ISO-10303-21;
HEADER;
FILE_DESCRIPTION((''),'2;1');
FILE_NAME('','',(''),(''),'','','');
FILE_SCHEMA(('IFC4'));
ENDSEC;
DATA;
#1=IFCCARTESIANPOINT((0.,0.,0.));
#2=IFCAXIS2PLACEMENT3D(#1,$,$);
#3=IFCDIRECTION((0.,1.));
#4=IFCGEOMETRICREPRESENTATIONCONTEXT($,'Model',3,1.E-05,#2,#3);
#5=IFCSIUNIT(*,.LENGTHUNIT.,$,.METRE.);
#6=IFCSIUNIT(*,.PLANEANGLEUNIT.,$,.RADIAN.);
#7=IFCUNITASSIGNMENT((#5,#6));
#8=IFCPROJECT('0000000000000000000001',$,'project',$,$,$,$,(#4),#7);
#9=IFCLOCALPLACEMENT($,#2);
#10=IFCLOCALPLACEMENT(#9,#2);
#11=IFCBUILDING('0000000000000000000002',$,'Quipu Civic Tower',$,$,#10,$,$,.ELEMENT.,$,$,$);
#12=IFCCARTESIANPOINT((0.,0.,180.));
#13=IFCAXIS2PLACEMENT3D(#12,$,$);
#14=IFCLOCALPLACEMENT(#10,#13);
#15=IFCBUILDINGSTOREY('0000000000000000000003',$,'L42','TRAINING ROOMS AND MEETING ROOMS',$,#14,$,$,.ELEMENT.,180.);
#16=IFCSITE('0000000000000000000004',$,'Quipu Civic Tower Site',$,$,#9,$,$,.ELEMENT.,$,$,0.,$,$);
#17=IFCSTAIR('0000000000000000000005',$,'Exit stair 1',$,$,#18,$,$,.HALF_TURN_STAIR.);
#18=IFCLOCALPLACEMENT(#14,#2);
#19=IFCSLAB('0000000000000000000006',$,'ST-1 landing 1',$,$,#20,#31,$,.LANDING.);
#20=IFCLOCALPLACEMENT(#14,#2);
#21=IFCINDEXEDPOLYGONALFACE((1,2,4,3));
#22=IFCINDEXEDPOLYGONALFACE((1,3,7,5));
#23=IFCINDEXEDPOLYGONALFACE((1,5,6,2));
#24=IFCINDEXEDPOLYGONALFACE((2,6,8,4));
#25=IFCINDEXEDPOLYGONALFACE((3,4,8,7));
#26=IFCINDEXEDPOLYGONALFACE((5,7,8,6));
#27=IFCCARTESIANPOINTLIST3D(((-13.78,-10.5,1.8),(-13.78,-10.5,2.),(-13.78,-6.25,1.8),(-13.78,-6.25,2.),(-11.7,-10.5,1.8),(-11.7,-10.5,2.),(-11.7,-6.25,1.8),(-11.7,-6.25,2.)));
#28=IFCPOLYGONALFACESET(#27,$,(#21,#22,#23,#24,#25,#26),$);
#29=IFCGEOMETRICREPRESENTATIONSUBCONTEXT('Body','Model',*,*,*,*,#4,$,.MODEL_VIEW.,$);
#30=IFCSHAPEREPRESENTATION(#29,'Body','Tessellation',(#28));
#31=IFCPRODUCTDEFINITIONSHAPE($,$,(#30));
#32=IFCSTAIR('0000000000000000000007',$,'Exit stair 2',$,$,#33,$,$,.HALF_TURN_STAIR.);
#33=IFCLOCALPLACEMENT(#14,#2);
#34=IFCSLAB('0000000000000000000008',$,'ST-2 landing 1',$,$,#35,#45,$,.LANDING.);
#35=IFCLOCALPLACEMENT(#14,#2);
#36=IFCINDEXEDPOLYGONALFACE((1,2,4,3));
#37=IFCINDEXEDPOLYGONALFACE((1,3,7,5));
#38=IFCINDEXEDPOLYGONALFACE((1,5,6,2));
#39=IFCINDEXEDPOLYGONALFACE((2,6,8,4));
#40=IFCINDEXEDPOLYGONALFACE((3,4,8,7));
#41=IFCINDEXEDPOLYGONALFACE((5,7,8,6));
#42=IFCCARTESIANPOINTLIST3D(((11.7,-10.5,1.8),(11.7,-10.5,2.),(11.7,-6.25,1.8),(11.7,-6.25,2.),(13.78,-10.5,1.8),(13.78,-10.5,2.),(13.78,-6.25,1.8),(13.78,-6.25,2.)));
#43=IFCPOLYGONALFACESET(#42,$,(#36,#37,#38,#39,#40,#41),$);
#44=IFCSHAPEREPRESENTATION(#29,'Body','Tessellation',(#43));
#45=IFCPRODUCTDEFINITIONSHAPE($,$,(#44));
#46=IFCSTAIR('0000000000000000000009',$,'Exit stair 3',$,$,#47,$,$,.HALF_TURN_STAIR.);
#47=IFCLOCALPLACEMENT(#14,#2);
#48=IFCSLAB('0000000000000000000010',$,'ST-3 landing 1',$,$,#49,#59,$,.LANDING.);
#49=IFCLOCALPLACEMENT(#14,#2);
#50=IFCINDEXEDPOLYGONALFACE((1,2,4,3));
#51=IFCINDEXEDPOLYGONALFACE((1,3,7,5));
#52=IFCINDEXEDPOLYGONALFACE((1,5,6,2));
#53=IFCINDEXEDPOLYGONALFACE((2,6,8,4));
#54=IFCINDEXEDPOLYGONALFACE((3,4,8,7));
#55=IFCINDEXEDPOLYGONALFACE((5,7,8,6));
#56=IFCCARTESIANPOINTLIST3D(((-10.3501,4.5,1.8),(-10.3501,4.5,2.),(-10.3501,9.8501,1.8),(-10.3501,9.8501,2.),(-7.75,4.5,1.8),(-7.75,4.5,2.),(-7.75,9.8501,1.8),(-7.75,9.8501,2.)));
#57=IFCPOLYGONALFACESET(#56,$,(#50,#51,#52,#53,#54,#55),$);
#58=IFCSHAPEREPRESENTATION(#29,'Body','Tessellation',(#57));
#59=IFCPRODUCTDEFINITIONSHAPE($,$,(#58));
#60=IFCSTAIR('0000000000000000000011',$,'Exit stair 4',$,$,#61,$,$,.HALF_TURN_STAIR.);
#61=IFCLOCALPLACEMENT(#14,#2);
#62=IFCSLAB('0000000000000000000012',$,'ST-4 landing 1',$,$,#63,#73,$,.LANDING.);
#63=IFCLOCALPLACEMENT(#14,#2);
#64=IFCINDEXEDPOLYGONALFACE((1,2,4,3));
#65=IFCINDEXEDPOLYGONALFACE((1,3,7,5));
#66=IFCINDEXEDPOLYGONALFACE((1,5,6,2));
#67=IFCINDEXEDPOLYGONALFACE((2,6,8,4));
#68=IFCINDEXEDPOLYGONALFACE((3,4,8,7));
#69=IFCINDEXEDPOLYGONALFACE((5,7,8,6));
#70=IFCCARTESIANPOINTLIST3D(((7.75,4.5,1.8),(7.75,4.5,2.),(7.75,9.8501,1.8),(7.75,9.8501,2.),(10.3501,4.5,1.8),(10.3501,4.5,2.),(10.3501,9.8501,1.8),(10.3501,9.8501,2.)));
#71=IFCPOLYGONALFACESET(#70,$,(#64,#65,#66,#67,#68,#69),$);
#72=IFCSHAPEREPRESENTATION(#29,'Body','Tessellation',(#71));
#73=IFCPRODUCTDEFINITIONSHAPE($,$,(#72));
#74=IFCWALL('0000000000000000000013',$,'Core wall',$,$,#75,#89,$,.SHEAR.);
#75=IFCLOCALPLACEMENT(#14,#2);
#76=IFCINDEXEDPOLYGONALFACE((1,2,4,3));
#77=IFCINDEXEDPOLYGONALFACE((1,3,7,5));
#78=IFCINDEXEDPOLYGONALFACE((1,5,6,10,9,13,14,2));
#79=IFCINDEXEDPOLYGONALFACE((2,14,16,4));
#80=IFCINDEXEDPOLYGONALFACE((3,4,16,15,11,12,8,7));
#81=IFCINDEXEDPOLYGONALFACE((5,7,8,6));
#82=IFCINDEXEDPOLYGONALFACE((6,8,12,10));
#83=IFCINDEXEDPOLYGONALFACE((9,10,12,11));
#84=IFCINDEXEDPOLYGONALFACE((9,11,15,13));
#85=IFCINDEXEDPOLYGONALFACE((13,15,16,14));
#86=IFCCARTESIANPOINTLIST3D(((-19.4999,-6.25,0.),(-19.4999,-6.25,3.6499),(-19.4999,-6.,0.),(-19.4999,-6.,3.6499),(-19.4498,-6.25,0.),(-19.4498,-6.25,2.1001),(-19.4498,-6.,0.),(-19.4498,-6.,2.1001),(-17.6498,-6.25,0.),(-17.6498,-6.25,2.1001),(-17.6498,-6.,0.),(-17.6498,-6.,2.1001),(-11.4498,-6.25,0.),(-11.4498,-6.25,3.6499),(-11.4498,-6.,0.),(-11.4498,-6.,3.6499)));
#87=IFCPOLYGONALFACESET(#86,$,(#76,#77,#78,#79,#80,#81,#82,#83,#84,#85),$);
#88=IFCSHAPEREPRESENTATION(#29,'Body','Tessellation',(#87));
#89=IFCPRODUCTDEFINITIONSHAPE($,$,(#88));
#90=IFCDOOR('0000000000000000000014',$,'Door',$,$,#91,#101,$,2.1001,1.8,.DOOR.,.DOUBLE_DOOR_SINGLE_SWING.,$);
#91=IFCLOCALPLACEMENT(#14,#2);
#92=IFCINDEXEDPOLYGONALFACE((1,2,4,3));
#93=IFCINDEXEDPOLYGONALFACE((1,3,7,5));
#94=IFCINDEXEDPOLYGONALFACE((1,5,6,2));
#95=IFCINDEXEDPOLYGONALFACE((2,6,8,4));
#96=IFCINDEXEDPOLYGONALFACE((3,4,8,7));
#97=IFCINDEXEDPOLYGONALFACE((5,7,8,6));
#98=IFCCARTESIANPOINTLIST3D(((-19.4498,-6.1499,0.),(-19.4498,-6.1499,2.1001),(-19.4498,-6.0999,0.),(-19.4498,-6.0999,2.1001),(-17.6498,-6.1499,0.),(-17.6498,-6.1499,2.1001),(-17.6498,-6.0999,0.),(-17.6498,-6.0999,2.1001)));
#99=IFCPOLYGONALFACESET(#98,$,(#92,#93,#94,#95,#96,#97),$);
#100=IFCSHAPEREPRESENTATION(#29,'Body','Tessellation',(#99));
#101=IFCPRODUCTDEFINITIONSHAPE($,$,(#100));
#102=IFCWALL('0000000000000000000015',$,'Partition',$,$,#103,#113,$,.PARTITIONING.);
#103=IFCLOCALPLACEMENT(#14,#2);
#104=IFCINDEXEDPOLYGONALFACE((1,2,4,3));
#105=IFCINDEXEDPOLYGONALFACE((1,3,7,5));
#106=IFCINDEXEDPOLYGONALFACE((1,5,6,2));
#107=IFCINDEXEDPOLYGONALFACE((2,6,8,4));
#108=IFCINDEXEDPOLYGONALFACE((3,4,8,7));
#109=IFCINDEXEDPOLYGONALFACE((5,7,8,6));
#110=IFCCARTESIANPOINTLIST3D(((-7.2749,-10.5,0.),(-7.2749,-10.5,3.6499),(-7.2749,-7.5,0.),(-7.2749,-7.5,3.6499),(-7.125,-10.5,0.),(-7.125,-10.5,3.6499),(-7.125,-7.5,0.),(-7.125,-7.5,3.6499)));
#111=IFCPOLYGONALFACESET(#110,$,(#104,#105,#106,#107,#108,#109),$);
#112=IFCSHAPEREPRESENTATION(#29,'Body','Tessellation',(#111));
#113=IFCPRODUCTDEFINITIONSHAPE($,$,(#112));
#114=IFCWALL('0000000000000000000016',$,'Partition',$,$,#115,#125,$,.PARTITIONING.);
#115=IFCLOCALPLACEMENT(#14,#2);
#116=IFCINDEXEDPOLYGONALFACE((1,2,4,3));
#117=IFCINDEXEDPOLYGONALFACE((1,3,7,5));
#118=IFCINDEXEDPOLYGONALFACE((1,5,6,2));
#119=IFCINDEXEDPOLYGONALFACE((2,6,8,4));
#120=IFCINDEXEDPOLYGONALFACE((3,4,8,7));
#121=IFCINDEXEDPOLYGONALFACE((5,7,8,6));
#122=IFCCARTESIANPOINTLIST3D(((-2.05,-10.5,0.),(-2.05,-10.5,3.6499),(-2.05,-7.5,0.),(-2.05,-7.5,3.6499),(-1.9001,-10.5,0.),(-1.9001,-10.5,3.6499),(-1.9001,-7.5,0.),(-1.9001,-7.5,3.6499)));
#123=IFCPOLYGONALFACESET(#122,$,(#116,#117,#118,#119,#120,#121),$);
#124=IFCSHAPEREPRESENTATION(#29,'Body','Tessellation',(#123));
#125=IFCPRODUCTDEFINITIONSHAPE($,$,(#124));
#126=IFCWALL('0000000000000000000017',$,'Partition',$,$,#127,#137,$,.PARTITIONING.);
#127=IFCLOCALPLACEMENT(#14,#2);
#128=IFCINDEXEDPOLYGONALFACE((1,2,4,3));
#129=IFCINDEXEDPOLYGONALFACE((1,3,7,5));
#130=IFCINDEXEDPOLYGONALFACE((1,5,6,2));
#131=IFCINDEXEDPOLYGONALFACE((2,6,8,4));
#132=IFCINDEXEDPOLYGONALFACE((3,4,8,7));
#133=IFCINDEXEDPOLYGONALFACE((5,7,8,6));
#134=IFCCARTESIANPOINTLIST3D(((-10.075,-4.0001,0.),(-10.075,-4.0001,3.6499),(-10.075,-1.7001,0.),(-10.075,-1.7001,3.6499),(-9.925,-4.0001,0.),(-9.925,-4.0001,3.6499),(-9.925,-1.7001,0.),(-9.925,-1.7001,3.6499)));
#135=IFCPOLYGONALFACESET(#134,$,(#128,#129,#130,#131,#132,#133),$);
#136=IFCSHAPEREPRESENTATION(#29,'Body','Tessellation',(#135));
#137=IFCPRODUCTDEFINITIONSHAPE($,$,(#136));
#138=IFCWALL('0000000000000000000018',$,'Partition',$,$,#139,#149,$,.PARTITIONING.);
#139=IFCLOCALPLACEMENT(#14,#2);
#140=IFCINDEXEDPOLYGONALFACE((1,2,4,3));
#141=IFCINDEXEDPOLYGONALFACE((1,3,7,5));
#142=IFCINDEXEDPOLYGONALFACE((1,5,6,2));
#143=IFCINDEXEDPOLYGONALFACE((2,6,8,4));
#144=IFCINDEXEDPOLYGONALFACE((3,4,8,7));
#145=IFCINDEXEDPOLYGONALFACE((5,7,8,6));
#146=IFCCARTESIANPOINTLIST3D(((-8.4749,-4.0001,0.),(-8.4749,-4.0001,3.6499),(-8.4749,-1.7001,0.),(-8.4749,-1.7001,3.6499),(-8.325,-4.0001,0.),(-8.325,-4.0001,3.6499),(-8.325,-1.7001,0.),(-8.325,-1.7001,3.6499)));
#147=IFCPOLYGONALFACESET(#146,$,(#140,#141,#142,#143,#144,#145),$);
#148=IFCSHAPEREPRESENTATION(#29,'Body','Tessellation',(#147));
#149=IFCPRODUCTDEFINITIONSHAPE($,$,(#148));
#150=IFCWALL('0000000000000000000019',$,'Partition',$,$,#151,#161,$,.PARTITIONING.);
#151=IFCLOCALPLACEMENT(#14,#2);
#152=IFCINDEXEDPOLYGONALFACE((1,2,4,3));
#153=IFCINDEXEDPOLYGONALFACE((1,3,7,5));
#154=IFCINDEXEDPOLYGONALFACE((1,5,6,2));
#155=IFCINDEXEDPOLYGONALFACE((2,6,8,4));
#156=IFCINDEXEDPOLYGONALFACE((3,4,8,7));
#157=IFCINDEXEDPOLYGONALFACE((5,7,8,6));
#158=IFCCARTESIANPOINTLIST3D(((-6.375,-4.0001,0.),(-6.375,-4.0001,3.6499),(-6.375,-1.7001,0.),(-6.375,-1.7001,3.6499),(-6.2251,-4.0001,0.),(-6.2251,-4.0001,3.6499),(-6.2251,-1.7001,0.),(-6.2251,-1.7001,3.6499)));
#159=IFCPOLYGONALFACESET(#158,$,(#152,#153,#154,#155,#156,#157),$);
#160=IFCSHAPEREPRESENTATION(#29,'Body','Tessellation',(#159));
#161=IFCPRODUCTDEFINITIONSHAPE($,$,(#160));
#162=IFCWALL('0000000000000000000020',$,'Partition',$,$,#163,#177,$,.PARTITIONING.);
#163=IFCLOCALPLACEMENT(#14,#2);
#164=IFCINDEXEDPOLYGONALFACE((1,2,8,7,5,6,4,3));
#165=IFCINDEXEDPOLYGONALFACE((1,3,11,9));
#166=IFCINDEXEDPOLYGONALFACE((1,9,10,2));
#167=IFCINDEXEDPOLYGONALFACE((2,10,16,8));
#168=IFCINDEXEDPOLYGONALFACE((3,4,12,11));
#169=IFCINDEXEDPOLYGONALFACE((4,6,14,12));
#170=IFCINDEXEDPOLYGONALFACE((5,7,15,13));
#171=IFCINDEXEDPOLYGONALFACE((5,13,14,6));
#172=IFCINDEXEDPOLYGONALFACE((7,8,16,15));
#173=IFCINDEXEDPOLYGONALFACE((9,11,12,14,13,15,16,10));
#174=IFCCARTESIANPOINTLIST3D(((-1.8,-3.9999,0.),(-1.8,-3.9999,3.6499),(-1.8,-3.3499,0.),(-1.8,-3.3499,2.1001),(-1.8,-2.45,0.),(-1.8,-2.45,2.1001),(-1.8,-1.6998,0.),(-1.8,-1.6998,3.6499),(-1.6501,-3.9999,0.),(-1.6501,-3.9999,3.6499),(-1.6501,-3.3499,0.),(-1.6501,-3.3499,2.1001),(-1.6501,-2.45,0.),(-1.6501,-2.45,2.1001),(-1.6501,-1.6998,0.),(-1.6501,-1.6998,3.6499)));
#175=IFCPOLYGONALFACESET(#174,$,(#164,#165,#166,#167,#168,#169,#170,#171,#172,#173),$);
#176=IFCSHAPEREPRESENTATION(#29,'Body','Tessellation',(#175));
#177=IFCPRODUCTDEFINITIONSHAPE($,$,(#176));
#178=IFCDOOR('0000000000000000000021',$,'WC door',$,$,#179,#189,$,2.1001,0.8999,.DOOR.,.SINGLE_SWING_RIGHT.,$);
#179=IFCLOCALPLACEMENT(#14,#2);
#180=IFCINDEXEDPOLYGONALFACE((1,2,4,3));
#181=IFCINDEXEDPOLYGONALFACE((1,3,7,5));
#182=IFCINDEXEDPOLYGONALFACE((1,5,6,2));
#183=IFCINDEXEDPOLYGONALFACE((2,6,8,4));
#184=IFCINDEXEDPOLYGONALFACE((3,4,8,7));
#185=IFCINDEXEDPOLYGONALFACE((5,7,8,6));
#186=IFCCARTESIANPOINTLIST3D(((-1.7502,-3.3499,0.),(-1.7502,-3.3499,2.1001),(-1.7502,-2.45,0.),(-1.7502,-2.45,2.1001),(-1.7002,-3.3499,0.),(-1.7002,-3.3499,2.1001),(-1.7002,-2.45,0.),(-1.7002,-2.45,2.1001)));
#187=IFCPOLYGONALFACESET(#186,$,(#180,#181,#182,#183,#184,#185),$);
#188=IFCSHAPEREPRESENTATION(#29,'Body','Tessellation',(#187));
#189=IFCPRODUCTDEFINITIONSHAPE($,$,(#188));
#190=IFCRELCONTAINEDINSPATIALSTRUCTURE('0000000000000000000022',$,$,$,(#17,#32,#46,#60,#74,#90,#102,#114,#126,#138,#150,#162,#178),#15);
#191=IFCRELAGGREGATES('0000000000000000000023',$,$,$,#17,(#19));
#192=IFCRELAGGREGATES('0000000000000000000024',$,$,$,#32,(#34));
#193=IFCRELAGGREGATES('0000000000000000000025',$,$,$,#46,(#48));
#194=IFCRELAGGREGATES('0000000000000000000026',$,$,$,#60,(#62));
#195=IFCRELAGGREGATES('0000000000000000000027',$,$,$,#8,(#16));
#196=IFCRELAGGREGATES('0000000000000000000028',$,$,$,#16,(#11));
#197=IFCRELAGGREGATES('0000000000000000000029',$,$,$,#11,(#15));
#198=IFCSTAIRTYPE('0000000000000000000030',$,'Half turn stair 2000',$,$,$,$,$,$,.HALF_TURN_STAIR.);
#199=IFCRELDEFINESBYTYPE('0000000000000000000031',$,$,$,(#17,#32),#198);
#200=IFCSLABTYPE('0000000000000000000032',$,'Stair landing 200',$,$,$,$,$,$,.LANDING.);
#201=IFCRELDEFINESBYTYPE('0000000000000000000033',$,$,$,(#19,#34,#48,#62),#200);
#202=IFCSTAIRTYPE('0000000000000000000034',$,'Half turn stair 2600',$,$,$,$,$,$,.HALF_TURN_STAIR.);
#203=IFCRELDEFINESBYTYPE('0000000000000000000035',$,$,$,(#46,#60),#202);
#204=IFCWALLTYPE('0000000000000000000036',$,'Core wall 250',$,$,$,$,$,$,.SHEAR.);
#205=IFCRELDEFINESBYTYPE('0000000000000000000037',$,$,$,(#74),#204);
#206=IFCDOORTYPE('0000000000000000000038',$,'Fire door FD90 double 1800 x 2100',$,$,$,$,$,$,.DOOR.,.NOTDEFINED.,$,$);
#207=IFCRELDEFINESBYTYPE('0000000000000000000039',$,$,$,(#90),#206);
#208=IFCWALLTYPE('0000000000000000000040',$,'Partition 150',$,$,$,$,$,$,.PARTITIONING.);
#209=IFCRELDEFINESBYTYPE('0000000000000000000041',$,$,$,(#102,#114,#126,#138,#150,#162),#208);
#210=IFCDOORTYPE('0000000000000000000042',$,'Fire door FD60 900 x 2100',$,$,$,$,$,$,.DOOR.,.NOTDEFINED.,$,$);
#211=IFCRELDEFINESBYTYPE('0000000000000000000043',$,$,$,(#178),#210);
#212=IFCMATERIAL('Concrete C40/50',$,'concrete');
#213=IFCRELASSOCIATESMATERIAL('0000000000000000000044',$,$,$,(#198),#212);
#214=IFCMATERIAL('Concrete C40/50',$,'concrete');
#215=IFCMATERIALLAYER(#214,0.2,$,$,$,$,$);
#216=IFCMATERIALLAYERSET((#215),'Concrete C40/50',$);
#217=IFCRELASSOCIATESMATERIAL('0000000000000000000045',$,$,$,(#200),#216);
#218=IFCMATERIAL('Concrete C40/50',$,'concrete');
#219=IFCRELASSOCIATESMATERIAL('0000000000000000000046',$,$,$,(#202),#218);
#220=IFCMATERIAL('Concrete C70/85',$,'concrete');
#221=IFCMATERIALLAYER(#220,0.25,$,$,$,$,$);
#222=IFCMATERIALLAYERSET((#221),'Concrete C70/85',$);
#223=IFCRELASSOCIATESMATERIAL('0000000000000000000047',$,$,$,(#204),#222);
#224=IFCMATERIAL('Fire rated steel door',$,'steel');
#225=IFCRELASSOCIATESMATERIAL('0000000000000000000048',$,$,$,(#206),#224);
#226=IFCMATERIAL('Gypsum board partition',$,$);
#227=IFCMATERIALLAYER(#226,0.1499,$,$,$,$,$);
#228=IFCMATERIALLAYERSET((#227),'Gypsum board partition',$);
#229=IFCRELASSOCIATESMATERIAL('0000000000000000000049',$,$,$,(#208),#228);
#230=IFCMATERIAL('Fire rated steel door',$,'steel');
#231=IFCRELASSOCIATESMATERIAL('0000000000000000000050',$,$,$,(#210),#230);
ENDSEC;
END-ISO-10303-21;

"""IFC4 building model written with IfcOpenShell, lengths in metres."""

from ifc_helpers import new_model, si_unit, direction, frame, frame_2d, origin, place, context, subcontext, project, spatial, polyline, rectangle, outline, extrude, material, layer, layer_set, type_object, element, fill, aggregate, save


model = new_model("IFC4")

# Units and contexts
model_context = context("Model", 3, precision=1e-05, world=origin(), true_north=direction((0.0, 1.0)))
body_context = subcontext(model_context, "Body", "Model", "MODEL_VIEW")
ifc_project = project(units=[si_unit("LENGTHUNIT", "METRE"), si_unit("PLANEANGLEUNIT", "RADIAN")], contexts=[model_context])

# Site, building, storey
site_placement = place(None, origin())
site = spatial("IfcSite", under=ifc_project, at=site_placement, Name="Quipu Civic Tower Site", CompositionType="ELEMENT", RefElevation=0.0)
building_placement = place(site_placement, origin())
building = spatial("IfcBuilding", under=site, at=building_placement, Name="Quipu Civic Tower", CompositionType="ELEMENT")
storey_placement = place(building_placement, frame((0.0, 0.0, 180.0)))
storey = spatial("IfcBuildingStorey", under=building, at=storey_placement, Name="L42", Description="TRAINING ROOMS AND MEETING ROOMS", CompositionType="ELEMENT", Elevation=180.0)

# Stairs, slabs
ifc_material_1 = material(Name="Concrete C40/50", Category="concrete")
stair_type_1 = type_object("IfcStairType", Name="Half turn stair 2000", PredefinedType="HALF_TURN_STAIR", material=ifc_material_1)
stair_1_placement = place(storey_placement, origin())
stair_1 = element("IfcStair", 1, at=stair_1_placement, inside=storey, type_object=stair_type_1, Name="Exit stair 1", PredefinedType="HALF_TURN_STAIR")
ifc_material_2 = material(Name="Concrete C40/50", Category="concrete")
ifc_layer_1 = layer(ifc_material_2, 0.2)
ifc_layer_set_1 = layer_set([ifc_layer_1], Name="Concrete C40/50")
slab_type_1 = type_object("IfcSlabType", Name="Stair landing 200", PredefinedType="LANDING", material=ifc_layer_set_1)
slab_1_placement = place(storey_placement, frame((0.0, 0.0, 1.8)))
slab_1 = element("IfcSlab", 2, at=slab_1_placement, type_object=slab_type_1, Name="ST-1 landing 1", PredefinedType="LANDING", context=body_context, shape_type="SweptSolid", body=[
    extrude(outline(polyline([(-13.78, -10.5), (-11.7, -10.5), (-11.7, -6.25), (-13.78, -6.25), (-13.78, -10.5)])), origin(), (0.0, 0.0, 1.0), 0.2),
])
aggregate(stair_1, [slab_1])
stair_2_placement = place(storey_placement, origin())
stair_2 = element("IfcStair", 3, at=stair_2_placement, inside=storey, type_object=stair_type_1, Name="Exit stair 2", PredefinedType="HALF_TURN_STAIR")
slab_2_placement = place(storey_placement, frame((0.0, 0.0, 1.8)))
slab_2 = element("IfcSlab", 4, at=slab_2_placement, type_object=slab_type_1, Name="ST-2 landing 1", PredefinedType="LANDING", context=body_context, shape_type="SweptSolid", body=[
    extrude(outline(polyline([(13.78, -6.25), (11.7, -6.25), (11.7, -10.5), (13.78, -10.5), (13.78, -6.25)])), origin(), (0.0, 0.0, 1.0), 0.2),
])
aggregate(stair_2, [slab_2])
ifc_material_3 = material(Name="Concrete C40/50", Category="concrete")
stair_type_2 = type_object("IfcStairType", Name="Half turn stair 2600", PredefinedType="HALF_TURN_STAIR", material=ifc_material_3)
stair_3_placement = place(storey_placement, origin())
stair_3 = element("IfcStair", 5, at=stair_3_placement, inside=storey, type_object=stair_type_2, Name="Exit stair 3", PredefinedType="HALF_TURN_STAIR")
slab_3_placement = place(storey_placement, frame((0.0, 0.0, 1.8)))
slab_3 = element("IfcSlab", 6, at=slab_3_placement, type_object=slab_type_1, Name="ST-3 landing 1", PredefinedType="LANDING", context=body_context, shape_type="SweptSolid", body=[
    extrude(outline(polyline([(-10.3501, 4.5), (-7.75, 4.5), (-7.75, 9.8501), (-10.3501, 9.8501), (-10.3501, 4.5)])), origin(), (0.0, 0.0, 1.0), 0.2),
])
aggregate(stair_3, [slab_3])
stair_4_placement = place(storey_placement, origin())
stair_4 = element("IfcStair", 7, at=stair_4_placement, inside=storey, type_object=stair_type_2, Name="Exit stair 4", PredefinedType="HALF_TURN_STAIR")
slab_4_placement = place(storey_placement, frame((0.0, 0.0, 1.8)))
slab_4 = element("IfcSlab", 8, at=slab_4_placement, type_object=slab_type_1, Name="ST-4 landing 1", PredefinedType="LANDING", context=body_context, shape_type="SweptSolid", body=[
    extrude(outline(polyline([(10.3501, 9.8501), (7.75, 9.8501), (7.75, 4.5), (10.3501, 4.5), (10.3501, 9.8501)])), origin(), (0.0, 0.0, 1.0), 0.2),
])
aggregate(stair_4, [slab_4])

# Wall, opening, door
ifc_material_4 = material(Name="Concrete C70/85", Category="concrete")
ifc_layer_2 = layer(ifc_material_4, 0.25)
ifc_layer_set_2 = layer_set([ifc_layer_2], Name="Concrete C70/85")
wall_type_1 = type_object("IfcWallType", Name="Core wall 250", PredefinedType="SHEAR", material=ifc_layer_set_2)
wall_1_placement = place(storey_placement, frame((-11.45, -6.125, 0.0), z_axis=(0.0, 0.0, 1.0), x_axis=(-1.0, 0.0, 0.0)))
wall_1 = element("IfcWall", 9, at=wall_1_placement, inside=storey, type_object=wall_type_1, Name="Core wall", PredefinedType="SHEAR", context=body_context, shape_type="SweptSolid", body=[
    extrude(rectangle(XDim=8.05, YDim=0.25, at=frame_2d((4.0249, 0.0))), origin(), (0.0, 0.0, 1.0), 3.6499),
])
opening_1_placement = place(wall_1_placement, frame((6.2, 0.0, 0.0)))
opening_1 = element("IfcOpeningElement", 10, at=opening_1_placement, cuts=wall_1, PredefinedType="OPENING", context=body_context, shape_type="SweptSolid", body=[
    extrude(rectangle(XDim=1.8, YDim=2.1001, at=frame_2d((0.8999, 1.05))), frame((0.0, 0.135, 0.0), z_axis=(0.0, -1.0, 0.0), x_axis=(1.0, 0.0, 0.0)), (0.0, 0.0, 1.0), 0.27),
])
ifc_material_5 = material(Name="Fire rated steel door", Category="steel")
door_type_1 = type_object("IfcDoorType", Name="Fire door FD90 double 1800 x 2100", OperationType="NOTDEFINED", PredefinedType="DOOR", material=ifc_material_5)
door_1_placement = place(opening_1_placement, origin())
door_1 = element("IfcDoor", 11, at=door_1_placement, inside=storey, type_object=door_type_1, Name="Door", OperationType="DOUBLE_DOOR_SINGLE_SWING", OverallHeight=2.1001, OverallWidth=1.8, PredefinedType="DOOR", context=body_context, shape_type="SweptSolid", body=[
    extrude(rectangle(XDim=1.8, YDim=2.1001, at=frame_2d((0.8999, 1.05))), frame((0.0, 0.0249, 0.0), z_axis=(0.0, -1.0, 0.0), x_axis=(1.0, 0.0, 0.0)), (0.0, 0.0, 1.0), 0.05),
])
fill(opening_1, door_1)

# Walls
ifc_material_6 = material(Name="Gypsum board partition")
ifc_layer_3 = layer(ifc_material_6, 0.1499)
ifc_layer_set_3 = layer_set([ifc_layer_3], Name="Gypsum board partition")
wall_type_2 = type_object("IfcWallType", Name="Partition 150", PredefinedType="PARTITIONING", material=ifc_layer_set_3)
for number, where, z_axis, x_axis, name in (
    (12, (-7.2, -10.5, 0.0), (0.0, 0.0, 1.0), (0.0, 1.0, 0.0), "Partition"),
    (13, (-1.9751, -10.5, 0.0), (0.0, 0.0, 1.0), (0.0, 1.0, 0.0), "Partition"),
):
    element("IfcWall", number, at=place(storey_placement, frame(where, z_axis=z_axis, x_axis=x_axis)), inside=storey, type_object=wall_type_2, Name=name, PredefinedType="PARTITIONING", context=body_context, shape_type="SweptSolid", body=[
        extrude(rectangle(XDim=3.0, YDim=0.1499, at=frame_2d((1.5, 0.0))), origin(), (0.0, 0.0, 1.0), 3.6499),
    ])
for number, where, z_axis, x_axis, name in (
    (14, (-10.0, -4.0, 0.0), (0.0, 0.0, 1.0), (0.0, 1.0, 0.0), "Partition"),
    (15, (-8.3999, -4.0, 0.0), (0.0, 0.0, 1.0), (0.0, 1.0, 0.0), "Partition"),
    (16, (-6.3, -4.0, 0.0), (0.0, 0.0, 1.0), (0.0, 1.0, 0.0), "Partition"),
):
    element("IfcWall", number, at=place(storey_placement, frame(where, z_axis=z_axis, x_axis=x_axis)), inside=storey, type_object=wall_type_2, Name=name, PredefinedType="PARTITIONING", context=body_context, shape_type="SweptSolid", body=[
        extrude(rectangle(XDim=2.3, YDim=0.1499, at=frame_2d((1.1499, 0.0))), origin(), (0.0, 0.0, 1.0), 3.6499),
    ])

# Wall, opening, door
wall_2_placement = place(storey_placement, frame((-1.7251, -1.7, 0.0), z_axis=(0.0, 0.0, 1.0), x_axis=(0.0, -1.0, 0.0)))
wall_2 = element("IfcWall", 17, at=wall_2_placement, inside=storey, type_object=wall_type_2, Name="Partition", PredefinedType="PARTITIONING", context=body_context, shape_type="SweptSolid", body=[
    extrude(rectangle(XDim=2.3, YDim=0.1499, at=frame_2d((1.1499, 0.0))), origin(), (0.0, 0.0, 1.0), 3.6499),
])
opening_2_placement = place(wall_2_placement, frame((0.75, 0.0, 0.0)))
opening_2 = element("IfcOpeningElement", 18, at=opening_2_placement, cuts=wall_2, PredefinedType="OPENING", context=body_context, shape_type="SweptSolid", body=[
    extrude(rectangle(XDim=0.8999, YDim=2.1001, at=frame_2d((0.45, 1.05))), frame((0.0, 0.085, 0.0), z_axis=(0.0, -1.0, 0.0), x_axis=(1.0, 0.0, 0.0)), (0.0, 0.0, 1.0), 0.1699),
])
ifc_material_7 = material(Name="Fire rated steel door", Category="steel")
door_type_2 = type_object("IfcDoorType", Name="Fire door FD60 900 x 2100", OperationType="NOTDEFINED", PredefinedType="DOOR", material=ifc_material_7)
door_2_placement = place(opening_2_placement, origin())
door_2 = element("IfcDoor", 19, at=door_2_placement, inside=storey, type_object=door_type_2, Name="WC door", OperationType="SINGLE_SWING_RIGHT", OverallHeight=2.1001, OverallWidth=0.8999, PredefinedType="DOOR", context=body_context, shape_type="SweptSolid", body=[
    extrude(rectangle(XDim=0.8999, YDim=2.1001, at=frame_2d((0.45, 1.05))), frame((0.0, 0.0249, 0.0), z_axis=(0.0, -1.0, 0.0), x_axis=(1.0, 0.0, 0.0)), (0.0, 0.0, 1.0), 0.05),
])
fill(opening_2, door_2)

save(model, "model.ifc")
